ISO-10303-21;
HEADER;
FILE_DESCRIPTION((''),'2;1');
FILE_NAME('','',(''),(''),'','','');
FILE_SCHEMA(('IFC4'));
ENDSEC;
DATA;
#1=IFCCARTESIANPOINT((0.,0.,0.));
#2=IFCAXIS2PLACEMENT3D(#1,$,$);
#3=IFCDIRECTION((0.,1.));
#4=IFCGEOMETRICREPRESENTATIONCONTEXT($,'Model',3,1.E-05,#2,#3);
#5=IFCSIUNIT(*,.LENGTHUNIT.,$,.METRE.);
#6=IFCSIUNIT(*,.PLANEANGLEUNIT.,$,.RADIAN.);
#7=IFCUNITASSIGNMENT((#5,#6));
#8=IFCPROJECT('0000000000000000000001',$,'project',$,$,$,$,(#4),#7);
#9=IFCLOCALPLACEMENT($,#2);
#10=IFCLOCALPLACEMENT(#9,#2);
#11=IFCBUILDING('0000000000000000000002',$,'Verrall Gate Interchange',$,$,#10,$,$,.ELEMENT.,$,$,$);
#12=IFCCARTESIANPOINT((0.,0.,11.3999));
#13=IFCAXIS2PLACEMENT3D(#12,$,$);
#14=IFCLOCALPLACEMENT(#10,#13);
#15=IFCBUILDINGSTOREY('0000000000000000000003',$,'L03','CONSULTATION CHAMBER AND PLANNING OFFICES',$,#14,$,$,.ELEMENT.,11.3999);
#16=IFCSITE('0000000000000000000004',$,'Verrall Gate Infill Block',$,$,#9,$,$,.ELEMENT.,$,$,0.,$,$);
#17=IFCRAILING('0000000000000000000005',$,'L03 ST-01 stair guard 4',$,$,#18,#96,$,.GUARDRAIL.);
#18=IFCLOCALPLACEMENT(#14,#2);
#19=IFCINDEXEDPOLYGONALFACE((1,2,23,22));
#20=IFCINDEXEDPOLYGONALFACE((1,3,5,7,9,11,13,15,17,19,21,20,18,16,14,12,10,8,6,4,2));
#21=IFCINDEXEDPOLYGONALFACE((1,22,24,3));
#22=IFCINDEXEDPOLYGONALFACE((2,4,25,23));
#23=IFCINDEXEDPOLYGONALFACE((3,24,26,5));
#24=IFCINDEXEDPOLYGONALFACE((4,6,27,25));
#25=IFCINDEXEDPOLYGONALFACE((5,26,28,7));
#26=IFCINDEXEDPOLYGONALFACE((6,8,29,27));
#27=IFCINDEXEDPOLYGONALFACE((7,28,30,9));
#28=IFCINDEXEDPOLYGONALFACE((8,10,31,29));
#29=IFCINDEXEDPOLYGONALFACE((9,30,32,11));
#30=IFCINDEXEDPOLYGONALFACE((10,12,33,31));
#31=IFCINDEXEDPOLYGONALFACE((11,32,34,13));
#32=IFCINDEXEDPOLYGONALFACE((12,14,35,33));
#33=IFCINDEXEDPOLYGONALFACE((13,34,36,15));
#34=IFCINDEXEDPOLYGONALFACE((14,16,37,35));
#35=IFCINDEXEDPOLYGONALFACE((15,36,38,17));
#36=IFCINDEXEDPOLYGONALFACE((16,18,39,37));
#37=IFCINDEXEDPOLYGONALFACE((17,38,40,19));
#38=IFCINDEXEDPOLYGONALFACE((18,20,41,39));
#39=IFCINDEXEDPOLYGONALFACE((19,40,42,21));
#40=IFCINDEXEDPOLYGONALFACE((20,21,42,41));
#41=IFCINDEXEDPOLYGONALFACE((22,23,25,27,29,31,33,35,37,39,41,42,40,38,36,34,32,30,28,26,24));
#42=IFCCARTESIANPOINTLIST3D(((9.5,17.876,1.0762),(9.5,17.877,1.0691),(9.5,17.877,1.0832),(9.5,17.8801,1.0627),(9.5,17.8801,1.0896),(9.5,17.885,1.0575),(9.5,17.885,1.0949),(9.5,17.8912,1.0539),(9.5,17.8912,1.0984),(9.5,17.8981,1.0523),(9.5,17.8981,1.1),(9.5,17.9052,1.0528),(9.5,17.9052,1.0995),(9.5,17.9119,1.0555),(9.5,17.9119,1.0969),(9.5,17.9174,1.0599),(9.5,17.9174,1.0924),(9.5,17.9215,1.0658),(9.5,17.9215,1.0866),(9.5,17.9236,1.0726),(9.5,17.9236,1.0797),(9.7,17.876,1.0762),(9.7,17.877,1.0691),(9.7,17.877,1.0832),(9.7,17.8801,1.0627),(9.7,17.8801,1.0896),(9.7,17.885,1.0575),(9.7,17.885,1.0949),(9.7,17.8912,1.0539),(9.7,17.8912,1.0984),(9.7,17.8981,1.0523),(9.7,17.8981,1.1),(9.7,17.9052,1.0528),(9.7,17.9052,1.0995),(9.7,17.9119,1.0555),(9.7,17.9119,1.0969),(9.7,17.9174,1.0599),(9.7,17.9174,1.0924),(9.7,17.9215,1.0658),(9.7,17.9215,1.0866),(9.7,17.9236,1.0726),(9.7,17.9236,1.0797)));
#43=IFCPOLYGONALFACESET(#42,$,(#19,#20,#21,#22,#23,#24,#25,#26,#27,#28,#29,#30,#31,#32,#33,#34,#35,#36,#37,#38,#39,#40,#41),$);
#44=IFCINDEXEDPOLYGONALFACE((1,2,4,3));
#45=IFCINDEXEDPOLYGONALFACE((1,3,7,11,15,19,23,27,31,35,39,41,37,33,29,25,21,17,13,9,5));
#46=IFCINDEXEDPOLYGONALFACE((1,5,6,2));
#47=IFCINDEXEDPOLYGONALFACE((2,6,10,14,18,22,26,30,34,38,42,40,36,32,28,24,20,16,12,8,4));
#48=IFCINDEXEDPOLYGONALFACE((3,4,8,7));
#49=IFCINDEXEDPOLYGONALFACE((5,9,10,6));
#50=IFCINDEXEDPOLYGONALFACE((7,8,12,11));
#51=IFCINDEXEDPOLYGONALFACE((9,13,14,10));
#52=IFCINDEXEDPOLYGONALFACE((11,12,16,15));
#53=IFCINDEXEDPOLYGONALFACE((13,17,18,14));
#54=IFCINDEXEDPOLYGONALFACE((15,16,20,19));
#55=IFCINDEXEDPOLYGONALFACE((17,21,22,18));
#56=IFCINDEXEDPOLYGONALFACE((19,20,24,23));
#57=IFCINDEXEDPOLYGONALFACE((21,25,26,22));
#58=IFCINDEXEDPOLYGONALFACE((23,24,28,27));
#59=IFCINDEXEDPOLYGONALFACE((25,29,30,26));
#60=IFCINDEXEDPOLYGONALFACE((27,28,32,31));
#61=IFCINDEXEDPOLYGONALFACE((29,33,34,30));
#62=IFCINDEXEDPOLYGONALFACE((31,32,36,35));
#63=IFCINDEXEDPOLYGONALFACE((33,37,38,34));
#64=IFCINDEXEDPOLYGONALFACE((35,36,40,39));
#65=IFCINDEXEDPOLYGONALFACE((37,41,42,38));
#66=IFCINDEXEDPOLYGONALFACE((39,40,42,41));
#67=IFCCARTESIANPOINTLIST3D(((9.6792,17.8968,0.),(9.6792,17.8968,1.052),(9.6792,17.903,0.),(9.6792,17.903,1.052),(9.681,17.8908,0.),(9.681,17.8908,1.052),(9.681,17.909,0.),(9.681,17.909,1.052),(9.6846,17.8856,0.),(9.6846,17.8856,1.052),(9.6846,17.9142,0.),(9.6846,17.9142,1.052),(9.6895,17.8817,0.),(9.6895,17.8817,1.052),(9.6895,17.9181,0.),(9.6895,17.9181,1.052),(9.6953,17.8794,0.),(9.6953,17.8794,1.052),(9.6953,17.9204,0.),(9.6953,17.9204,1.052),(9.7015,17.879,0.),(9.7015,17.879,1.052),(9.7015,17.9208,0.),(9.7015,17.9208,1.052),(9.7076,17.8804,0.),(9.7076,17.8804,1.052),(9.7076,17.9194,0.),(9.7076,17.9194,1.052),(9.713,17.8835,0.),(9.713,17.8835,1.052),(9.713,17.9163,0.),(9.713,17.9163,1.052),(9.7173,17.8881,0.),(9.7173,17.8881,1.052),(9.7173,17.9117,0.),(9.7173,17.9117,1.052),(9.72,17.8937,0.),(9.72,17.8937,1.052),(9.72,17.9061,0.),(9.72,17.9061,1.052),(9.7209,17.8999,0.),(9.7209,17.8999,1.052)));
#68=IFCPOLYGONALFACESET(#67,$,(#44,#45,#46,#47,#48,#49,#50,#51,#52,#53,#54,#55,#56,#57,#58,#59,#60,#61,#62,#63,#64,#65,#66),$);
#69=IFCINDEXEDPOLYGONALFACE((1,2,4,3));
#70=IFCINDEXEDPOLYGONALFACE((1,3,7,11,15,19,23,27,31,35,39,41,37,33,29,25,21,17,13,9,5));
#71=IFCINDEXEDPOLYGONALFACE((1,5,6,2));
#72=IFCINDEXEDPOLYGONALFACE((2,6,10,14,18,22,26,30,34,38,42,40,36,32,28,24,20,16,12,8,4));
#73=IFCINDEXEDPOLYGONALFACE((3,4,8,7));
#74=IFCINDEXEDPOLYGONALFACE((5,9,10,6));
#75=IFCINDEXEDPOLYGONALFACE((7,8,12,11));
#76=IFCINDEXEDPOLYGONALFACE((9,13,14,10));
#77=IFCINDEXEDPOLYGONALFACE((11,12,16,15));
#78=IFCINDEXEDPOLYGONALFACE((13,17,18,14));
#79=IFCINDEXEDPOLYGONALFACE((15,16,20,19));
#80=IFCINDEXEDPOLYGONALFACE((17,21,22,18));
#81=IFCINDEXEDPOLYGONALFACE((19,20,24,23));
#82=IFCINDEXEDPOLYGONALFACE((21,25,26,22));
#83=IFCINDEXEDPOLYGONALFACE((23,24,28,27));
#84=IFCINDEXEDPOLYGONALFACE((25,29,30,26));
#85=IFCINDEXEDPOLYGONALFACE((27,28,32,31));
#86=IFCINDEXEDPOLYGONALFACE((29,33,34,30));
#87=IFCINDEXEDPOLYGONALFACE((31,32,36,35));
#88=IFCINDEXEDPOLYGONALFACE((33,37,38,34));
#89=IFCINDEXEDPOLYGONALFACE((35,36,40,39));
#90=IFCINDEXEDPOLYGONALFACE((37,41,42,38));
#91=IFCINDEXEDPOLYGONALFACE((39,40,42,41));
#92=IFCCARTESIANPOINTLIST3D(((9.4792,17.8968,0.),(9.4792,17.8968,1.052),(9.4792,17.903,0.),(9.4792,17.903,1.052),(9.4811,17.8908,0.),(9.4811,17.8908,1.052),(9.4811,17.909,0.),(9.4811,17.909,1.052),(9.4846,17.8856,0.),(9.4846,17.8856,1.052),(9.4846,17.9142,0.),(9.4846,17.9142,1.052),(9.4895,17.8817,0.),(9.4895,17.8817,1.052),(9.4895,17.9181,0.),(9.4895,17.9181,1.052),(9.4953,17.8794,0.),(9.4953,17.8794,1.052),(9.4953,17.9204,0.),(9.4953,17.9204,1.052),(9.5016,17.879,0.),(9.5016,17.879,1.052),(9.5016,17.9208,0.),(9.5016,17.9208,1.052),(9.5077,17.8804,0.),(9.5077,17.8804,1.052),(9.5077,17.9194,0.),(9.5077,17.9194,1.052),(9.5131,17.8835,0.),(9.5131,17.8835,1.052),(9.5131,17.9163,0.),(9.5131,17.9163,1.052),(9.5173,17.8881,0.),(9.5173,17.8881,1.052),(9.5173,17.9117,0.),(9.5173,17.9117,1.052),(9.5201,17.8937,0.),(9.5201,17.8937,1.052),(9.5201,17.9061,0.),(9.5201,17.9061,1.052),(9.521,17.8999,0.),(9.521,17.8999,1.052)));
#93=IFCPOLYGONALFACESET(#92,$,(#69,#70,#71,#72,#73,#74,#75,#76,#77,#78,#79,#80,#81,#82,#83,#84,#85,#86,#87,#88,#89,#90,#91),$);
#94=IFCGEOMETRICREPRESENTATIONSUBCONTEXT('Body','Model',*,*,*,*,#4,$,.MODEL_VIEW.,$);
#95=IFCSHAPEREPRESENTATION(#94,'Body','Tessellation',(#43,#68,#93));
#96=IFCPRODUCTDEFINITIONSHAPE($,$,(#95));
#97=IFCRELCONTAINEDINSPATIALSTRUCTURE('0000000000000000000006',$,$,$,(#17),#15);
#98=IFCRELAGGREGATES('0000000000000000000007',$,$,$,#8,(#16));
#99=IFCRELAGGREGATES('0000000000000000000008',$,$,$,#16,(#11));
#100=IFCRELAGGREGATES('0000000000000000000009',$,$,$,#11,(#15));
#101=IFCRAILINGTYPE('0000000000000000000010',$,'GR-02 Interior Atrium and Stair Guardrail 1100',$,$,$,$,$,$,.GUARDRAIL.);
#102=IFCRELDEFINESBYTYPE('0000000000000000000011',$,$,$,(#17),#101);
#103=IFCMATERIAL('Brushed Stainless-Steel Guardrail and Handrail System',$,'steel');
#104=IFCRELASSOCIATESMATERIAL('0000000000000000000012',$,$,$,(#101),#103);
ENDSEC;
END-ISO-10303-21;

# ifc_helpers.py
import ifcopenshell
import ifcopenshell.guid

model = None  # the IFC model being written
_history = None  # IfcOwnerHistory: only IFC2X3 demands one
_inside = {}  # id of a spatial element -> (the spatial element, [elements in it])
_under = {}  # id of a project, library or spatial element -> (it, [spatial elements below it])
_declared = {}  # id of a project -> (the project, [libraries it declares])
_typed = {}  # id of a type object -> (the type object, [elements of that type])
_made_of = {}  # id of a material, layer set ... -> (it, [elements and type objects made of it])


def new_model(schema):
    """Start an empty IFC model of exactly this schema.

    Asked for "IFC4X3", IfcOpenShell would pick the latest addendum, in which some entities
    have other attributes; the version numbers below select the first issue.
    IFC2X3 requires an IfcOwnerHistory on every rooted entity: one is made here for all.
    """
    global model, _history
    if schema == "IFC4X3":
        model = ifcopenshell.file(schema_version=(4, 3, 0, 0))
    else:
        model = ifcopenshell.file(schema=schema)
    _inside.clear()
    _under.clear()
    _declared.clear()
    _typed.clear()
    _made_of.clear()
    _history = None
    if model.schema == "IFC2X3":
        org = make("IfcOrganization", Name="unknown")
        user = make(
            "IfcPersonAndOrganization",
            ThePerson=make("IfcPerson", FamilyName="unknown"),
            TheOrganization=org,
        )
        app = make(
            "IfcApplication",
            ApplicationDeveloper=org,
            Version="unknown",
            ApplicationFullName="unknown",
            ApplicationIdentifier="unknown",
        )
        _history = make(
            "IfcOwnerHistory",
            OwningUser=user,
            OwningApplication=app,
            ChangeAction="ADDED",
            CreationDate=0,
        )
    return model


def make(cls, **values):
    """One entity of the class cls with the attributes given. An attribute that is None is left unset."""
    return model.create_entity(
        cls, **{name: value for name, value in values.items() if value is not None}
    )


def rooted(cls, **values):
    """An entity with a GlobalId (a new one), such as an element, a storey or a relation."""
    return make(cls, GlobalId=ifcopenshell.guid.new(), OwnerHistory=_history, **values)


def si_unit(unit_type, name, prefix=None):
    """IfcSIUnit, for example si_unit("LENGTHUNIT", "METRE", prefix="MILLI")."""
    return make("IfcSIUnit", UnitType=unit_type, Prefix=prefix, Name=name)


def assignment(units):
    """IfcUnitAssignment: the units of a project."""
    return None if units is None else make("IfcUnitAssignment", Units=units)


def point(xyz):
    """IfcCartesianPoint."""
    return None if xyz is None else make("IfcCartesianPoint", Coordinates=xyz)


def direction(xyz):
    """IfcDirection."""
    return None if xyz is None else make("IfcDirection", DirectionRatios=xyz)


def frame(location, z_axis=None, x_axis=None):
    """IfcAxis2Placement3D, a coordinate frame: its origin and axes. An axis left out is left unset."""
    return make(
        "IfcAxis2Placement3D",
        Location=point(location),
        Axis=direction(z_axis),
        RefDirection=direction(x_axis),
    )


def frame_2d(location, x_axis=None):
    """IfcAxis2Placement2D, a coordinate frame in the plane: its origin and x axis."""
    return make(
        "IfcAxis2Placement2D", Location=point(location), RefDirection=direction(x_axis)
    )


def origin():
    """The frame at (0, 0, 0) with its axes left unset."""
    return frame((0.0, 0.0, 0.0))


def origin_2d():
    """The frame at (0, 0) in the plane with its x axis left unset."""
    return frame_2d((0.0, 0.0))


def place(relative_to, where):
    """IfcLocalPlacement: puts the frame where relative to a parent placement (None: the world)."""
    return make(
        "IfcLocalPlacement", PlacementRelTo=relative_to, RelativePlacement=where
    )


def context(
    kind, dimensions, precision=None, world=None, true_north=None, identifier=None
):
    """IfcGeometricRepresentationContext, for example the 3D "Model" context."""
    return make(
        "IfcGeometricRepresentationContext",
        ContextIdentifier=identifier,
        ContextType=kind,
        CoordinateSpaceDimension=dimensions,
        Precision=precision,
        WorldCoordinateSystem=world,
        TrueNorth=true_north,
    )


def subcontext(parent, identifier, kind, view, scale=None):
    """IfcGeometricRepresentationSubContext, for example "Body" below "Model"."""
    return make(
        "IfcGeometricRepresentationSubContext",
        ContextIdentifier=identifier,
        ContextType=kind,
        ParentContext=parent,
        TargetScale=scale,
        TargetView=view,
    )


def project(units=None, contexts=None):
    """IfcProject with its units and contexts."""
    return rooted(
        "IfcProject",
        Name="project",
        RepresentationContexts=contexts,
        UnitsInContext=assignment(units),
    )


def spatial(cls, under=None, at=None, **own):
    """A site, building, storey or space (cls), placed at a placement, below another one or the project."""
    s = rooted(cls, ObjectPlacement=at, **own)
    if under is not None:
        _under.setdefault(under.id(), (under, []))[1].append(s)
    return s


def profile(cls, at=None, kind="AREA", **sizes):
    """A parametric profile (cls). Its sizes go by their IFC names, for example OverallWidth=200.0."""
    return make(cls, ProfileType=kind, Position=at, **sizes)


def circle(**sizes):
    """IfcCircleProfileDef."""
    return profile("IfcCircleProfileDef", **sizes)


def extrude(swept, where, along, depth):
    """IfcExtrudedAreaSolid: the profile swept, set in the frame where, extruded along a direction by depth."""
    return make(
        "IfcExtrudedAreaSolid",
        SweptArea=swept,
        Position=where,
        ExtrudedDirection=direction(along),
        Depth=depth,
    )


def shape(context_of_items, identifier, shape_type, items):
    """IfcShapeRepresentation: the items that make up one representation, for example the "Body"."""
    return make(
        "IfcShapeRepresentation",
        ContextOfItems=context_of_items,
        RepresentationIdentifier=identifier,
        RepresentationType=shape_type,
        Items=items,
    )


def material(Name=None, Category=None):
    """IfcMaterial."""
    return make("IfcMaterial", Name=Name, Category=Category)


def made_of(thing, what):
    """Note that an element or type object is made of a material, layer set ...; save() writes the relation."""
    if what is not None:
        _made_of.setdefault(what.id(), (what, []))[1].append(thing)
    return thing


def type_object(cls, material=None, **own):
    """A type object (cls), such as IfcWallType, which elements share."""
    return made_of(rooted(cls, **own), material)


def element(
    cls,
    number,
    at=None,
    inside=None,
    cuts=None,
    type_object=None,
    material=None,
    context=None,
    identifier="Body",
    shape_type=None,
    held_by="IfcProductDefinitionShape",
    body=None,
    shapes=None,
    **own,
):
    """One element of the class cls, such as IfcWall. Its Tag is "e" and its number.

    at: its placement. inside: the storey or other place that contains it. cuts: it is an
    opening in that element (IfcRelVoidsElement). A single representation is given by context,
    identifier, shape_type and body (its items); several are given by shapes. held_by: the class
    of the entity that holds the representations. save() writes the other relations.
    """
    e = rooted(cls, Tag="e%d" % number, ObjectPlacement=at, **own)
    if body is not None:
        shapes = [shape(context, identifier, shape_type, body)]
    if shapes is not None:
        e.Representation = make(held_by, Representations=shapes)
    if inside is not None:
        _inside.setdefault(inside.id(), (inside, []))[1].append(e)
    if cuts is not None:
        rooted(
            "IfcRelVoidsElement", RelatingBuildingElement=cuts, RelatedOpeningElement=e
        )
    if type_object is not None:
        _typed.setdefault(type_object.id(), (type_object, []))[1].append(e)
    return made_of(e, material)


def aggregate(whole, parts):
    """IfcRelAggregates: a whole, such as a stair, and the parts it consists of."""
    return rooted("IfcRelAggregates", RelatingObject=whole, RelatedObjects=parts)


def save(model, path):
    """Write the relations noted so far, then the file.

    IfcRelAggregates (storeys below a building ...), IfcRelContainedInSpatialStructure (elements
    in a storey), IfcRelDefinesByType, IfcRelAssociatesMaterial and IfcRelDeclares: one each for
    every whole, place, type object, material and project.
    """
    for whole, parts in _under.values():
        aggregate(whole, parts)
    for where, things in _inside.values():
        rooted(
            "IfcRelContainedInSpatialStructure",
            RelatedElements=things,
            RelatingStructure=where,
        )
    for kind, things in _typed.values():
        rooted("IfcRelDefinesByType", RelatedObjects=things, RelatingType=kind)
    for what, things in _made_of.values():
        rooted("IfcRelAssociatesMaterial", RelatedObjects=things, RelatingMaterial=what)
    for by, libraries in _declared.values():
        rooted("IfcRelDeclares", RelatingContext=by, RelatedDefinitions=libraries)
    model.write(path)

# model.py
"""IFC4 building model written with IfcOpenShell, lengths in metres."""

from ifc_helpers import new_model, si_unit, direction, frame, origin, origin_2d, place, context, subcontext, project, spatial, circle, extrude, material, type_object, element, save


model = new_model("IFC4")

# Units and contexts
model_context = context("Model", 3, precision=1e-05, world=origin(), true_north=direction((0.0, 1.0)))
body_context = subcontext(model_context, "Body", "Model", "MODEL_VIEW")
ifc_project = project(units=[si_unit("LENGTHUNIT", "METRE"), si_unit("PLANEANGLEUNIT", "RADIAN")], contexts=[model_context])

# Site, building, storey
site_placement = place(None, origin())
site = spatial("IfcSite", under=ifc_project, at=site_placement, Name="Verrall Gate Infill Block", CompositionType="ELEMENT", RefElevation=0.0)
building_placement = place(site_placement, origin())
building = spatial("IfcBuilding", under=site, at=building_placement, Name="Verrall Gate Interchange", CompositionType="ELEMENT")
storey_placement = place(building_placement, frame((0.0, 0.0, 11.3999)))
storey = spatial("IfcBuildingStorey", under=building, at=storey_placement, Name="L03", Description="CONSULTATION CHAMBER AND PLANNING OFFICES", CompositionType="ELEMENT", Elevation=11.3999)

# Railing
ifc_material_1 = material(Name="Brushed Stainless-Steel Guardrail and Handrail System", Category="steel")
railing_type_1 = type_object("IfcRailingType", Name="GR-02 Interior Atrium and Stair Guardrail 1100", PredefinedType="GUARDRAIL", material=ifc_material_1)
railing_1_placement = place(storey_placement, frame((9.7, 17.8999, 0.0)))
element("IfcRailing", 1, at=railing_1_placement, inside=storey, type_object=railing_type_1, Name="L03 ST-01 stair guard 4", PredefinedType="GUARDRAIL", context=body_context, shape_type="SweptSolid", body=[
    extrude(circle(Radius=0.0239, at=origin_2d()), frame((0.0, 0.0, 1.0762), z_axis=(-1.0, 0.0, 0.0), x_axis=(0.0, -1.0, 0.0)), (0.0, 0.0, 1.0), 0.2),
    extrude(circle(Radius=0.021, at=origin_2d()), origin(), (0.0, 0.0, 1.0), 1.052),
    extrude(circle(Radius=0.021, at=origin_2d()), frame((-0.2, 0.0, 0.0)), (0.0, 0.0, 1.0), 1.052),
])

save(model, "model.ifc")
